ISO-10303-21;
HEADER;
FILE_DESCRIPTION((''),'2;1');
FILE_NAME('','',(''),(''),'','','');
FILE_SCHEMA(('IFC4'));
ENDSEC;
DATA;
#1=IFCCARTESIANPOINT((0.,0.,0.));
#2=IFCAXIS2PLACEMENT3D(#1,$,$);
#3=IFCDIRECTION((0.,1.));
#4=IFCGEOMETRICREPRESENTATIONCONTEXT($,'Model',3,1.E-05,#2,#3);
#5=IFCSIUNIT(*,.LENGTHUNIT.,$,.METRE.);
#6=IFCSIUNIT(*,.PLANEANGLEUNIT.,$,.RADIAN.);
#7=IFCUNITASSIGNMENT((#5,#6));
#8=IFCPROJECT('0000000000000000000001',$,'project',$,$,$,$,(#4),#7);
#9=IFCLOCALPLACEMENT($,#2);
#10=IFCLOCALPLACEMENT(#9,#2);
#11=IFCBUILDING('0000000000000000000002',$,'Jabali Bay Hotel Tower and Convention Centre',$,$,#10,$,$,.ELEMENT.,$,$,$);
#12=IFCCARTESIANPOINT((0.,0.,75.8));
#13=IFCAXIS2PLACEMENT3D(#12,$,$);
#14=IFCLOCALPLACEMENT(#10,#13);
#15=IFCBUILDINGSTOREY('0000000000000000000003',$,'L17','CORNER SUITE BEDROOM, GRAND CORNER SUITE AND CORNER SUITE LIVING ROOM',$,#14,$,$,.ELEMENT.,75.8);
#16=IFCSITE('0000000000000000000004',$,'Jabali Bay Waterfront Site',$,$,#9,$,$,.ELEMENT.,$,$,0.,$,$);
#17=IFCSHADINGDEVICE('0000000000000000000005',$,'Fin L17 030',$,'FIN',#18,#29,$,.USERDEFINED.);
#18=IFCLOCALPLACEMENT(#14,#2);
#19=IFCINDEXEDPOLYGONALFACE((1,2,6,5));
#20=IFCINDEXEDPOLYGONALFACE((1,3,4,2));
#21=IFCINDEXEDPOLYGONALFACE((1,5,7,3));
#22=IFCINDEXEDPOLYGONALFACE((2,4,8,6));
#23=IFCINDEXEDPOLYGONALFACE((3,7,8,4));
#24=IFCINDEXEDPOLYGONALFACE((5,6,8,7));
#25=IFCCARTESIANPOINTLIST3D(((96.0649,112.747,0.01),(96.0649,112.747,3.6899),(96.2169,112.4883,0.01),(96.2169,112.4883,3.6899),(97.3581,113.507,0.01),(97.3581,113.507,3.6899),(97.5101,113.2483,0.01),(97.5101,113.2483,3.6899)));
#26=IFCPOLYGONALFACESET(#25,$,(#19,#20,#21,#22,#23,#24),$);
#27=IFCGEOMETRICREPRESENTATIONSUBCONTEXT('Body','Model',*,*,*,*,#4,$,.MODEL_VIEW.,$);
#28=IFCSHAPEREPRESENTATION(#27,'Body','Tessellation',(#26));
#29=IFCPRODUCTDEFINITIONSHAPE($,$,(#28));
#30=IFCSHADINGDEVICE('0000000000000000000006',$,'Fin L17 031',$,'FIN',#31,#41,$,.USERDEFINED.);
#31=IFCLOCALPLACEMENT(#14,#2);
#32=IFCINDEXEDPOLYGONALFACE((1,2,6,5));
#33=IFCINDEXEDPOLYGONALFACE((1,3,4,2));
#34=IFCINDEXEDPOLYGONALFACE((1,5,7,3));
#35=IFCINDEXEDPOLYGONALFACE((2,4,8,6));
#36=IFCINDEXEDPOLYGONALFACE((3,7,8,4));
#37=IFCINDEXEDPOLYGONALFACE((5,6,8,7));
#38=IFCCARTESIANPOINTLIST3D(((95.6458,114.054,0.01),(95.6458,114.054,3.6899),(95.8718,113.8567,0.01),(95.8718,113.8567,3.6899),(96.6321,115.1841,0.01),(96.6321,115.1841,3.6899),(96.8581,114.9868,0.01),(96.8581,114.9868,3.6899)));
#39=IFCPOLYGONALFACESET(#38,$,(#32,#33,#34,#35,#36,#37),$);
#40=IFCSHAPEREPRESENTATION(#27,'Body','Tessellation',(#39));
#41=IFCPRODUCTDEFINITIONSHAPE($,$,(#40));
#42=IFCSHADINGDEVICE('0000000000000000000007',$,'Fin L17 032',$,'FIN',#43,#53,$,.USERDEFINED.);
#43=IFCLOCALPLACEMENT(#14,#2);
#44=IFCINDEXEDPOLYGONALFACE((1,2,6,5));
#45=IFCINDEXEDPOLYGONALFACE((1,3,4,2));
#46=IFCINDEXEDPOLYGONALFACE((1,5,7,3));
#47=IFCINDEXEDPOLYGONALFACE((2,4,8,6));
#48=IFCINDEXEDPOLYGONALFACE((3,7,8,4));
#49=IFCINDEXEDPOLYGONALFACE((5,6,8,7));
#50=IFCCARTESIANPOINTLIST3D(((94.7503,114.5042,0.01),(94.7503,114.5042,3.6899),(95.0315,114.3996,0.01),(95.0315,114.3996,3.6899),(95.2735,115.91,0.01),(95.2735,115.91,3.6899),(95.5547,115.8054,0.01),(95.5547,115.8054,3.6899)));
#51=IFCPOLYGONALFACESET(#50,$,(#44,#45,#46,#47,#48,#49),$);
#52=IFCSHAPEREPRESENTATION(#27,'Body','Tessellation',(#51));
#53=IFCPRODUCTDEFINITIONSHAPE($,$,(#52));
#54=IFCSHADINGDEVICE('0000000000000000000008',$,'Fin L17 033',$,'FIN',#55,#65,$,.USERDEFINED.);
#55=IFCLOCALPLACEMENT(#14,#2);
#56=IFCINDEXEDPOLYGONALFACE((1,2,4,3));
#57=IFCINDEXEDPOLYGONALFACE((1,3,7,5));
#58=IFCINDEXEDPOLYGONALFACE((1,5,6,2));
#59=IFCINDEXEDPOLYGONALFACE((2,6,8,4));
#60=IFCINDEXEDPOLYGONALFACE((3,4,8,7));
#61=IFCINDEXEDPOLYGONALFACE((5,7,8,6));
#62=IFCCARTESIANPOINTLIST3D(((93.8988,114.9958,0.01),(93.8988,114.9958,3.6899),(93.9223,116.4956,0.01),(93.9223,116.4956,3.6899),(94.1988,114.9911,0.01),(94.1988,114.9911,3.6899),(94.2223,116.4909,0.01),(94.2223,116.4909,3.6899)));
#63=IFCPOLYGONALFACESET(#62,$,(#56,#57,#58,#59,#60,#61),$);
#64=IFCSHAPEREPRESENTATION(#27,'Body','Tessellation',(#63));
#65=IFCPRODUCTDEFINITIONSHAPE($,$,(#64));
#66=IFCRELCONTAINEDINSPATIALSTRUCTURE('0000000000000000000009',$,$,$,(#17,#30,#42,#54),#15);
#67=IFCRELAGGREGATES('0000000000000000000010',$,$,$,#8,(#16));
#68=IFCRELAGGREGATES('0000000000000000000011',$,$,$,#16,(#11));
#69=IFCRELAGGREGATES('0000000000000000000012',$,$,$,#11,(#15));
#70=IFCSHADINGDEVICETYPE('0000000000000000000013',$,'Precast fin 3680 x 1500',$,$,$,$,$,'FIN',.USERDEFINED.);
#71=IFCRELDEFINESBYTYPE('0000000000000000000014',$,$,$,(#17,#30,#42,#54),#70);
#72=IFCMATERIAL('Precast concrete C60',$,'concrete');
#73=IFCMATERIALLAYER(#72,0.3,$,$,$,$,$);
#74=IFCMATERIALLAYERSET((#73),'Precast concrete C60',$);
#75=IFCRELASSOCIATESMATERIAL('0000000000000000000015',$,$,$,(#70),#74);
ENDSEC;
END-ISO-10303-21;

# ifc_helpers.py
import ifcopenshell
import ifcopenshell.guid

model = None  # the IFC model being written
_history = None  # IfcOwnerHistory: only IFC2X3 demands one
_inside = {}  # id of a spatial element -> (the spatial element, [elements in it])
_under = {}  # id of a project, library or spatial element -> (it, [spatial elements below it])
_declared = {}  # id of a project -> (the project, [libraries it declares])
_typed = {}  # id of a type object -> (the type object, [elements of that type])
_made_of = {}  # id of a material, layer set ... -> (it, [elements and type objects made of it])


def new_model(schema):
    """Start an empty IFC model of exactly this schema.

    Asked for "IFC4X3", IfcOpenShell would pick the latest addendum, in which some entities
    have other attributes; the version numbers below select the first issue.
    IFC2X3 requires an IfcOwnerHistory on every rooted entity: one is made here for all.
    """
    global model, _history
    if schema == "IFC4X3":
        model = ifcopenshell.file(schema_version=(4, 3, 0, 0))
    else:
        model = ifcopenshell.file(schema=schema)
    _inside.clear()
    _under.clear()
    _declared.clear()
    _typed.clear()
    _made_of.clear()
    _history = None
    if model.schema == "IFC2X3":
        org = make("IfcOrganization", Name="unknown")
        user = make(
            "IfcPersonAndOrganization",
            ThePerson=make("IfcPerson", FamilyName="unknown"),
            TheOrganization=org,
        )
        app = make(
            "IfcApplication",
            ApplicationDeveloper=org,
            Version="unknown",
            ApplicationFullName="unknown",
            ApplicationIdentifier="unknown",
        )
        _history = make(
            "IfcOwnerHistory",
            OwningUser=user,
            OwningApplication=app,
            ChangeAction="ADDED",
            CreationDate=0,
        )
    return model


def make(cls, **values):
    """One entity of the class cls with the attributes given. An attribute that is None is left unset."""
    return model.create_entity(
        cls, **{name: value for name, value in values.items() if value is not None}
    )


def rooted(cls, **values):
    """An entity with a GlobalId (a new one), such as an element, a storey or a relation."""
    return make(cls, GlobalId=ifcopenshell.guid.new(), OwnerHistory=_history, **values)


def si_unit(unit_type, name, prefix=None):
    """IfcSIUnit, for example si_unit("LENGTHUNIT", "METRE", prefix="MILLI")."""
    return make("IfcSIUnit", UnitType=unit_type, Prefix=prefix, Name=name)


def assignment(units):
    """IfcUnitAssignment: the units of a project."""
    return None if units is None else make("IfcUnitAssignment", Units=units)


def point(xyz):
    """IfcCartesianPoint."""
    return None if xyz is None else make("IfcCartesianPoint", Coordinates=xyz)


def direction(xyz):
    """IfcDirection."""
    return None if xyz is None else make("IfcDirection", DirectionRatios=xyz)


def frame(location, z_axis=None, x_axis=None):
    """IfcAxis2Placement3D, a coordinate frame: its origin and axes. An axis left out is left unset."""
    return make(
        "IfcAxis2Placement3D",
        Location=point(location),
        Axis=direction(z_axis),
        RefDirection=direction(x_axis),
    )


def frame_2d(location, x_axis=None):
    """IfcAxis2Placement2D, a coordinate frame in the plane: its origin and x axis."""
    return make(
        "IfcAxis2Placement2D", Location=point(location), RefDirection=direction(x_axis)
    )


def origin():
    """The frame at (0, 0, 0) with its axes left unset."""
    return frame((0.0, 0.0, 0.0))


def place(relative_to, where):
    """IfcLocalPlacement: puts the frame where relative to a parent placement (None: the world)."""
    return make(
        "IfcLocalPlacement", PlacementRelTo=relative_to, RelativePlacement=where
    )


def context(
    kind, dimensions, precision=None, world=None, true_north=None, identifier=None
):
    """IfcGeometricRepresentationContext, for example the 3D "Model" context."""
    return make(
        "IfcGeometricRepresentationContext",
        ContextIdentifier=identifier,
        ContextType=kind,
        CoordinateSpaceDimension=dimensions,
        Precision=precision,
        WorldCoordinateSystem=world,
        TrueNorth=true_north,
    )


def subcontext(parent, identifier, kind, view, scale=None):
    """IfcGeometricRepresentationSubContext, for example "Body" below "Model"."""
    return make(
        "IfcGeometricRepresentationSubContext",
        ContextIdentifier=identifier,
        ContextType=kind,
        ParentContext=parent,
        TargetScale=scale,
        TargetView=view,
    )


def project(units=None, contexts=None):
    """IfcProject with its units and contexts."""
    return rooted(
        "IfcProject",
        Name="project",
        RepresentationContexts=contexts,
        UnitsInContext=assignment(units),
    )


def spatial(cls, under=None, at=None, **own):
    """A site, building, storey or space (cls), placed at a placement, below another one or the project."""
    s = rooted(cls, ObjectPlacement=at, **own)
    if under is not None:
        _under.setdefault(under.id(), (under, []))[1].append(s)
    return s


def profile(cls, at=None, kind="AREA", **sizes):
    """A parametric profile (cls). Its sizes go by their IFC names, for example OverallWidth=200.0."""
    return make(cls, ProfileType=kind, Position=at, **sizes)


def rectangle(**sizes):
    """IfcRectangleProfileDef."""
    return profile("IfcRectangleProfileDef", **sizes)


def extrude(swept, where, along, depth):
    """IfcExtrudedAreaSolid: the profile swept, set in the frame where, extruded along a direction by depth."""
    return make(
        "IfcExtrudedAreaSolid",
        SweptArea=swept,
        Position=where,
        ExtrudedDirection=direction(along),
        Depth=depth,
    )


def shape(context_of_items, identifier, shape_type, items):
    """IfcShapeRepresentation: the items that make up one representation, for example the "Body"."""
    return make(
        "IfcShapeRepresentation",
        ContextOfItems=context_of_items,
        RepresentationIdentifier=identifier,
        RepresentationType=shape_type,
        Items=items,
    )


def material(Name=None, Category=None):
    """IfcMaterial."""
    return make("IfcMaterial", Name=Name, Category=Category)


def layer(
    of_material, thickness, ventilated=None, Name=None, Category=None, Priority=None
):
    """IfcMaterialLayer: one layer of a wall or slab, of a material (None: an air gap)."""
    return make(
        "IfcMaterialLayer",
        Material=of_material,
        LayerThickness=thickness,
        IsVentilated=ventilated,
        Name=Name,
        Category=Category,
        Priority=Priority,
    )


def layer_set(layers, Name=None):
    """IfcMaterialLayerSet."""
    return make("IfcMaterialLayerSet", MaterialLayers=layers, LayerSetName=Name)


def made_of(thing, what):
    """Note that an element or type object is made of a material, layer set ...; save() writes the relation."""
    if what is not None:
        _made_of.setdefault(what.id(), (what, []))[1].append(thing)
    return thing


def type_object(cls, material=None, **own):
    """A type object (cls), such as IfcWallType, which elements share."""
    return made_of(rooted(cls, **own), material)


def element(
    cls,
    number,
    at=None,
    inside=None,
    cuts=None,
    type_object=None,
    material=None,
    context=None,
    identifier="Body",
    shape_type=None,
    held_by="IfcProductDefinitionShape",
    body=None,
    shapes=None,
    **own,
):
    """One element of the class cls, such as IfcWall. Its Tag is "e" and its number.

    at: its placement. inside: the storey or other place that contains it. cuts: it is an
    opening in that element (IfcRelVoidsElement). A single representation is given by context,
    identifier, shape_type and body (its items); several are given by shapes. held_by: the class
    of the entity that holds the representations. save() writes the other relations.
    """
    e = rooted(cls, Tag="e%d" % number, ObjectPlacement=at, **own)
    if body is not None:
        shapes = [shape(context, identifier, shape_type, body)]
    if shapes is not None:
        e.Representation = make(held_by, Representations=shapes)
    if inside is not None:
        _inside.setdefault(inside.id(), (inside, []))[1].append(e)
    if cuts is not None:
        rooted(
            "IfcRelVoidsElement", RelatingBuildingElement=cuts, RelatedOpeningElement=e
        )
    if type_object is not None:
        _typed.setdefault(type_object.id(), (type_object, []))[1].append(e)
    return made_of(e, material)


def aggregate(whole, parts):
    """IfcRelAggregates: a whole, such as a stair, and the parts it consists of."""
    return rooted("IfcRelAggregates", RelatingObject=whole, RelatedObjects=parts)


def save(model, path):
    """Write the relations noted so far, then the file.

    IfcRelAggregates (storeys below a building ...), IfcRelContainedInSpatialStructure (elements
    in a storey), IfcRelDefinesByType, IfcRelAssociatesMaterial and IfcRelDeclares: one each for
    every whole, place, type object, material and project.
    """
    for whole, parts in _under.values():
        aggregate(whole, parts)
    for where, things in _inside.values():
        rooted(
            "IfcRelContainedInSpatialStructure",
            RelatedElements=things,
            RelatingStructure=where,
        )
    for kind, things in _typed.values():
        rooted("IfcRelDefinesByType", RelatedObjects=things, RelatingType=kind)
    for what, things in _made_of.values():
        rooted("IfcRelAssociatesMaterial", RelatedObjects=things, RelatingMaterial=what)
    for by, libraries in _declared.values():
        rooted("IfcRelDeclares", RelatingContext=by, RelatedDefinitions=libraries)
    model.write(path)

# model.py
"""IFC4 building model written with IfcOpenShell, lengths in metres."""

from ifc_helpers import new_model, si_unit, direction, frame, frame_2d, origin, place, context, subcontext, project, spatial, rectangle, extrude, material, layer, layer_set, type_object, element, save


model = new_model("IFC4")

# Units and contexts
model_context = context("Model", 3, precision=1e-05, world=origin(), true_north=direction((0.0, 1.0)))
body_context = subcontext(model_context, "Body", "Model", "MODEL_VIEW")
ifc_project = project(units=[si_unit("LENGTHUNIT", "METRE"), si_unit("PLANEANGLEUNIT", "RADIAN")], contexts=[model_context])

# Site, building, storey
site_placement = place(None, origin())
site = spatial("IfcSite", under=ifc_project, at=site_placement, Name="Jabali Bay Waterfront Site", CompositionType="ELEMENT", RefElevation=0.0)
building_placement = place(site_placement, origin())
building = spatial("IfcBuilding", under=site, at=building_placement, Name="Jabali Bay Hotel Tower and Convention Centre", CompositionType="ELEMENT")
storey_placement = place(building_placement, frame((0.0, 0.0, 75.8)))
storey = spatial("IfcBuildingStorey", under=building, at=storey_placement, Name="L17", Description="CORNER SUITE BEDROOM, GRAND CORNER SUITE AND CORNER SUITE LIVING ROOM", CompositionType="ELEMENT", Elevation=75.8)

# Shading devices
ifc_material_1 = material(Name="Precast concrete C60", Category="concrete")
ifc_layer_1 = layer(ifc_material_1, 0.3)
ifc_layer_set_1 = layer_set([ifc_layer_1], Name="Precast concrete C60")
shading_device_type_1 = type_object("IfcShadingDeviceType", Name="Precast fin 3680 x 1500", ElementType="FIN", PredefinedType="USERDEFINED", material=ifc_layer_set_1)
for number, where, z_axis, x_axis, name in (
    (1, (96.1409, 112.6177, 0.01), (0.0, 0.0, 1.0), (0.862139, 0.506672, 0.0), "Fin L17 030"),
    (2, (95.7588, 113.9553, 0.01), (0.0, 0.0, 1.0), (0.657548, 0.753413, 0.0), "Fin L17 031"),
    (3, (94.8909, 114.4519, 0.01), (0.0, 0.0, 1.0), (0.348804, 0.937196, 0.0), "Fin L17 032"),
    (4, (94.0488, 114.9934, 0.01), (0.0, 0.0, 1.0), (0.015626, 0.999878, 0.0), "Fin L17 033"),
):
    element("IfcShadingDevice", number, at=place(storey_placement, frame(where, z_axis=z_axis, x_axis=x_axis)), inside=storey, type_object=shading_device_type_1, Name=name, ObjectType="FIN", PredefinedType="USERDEFINED", context=body_context, shape_type="SweptSolid", body=[
        extrude(rectangle(XDim=1.5, YDim=0.3, at=frame_2d((0.75, 0.0))), origin(), (0.0, 0.0, 1.0), 3.6799),
    ])

save(model, "model.ifc")
